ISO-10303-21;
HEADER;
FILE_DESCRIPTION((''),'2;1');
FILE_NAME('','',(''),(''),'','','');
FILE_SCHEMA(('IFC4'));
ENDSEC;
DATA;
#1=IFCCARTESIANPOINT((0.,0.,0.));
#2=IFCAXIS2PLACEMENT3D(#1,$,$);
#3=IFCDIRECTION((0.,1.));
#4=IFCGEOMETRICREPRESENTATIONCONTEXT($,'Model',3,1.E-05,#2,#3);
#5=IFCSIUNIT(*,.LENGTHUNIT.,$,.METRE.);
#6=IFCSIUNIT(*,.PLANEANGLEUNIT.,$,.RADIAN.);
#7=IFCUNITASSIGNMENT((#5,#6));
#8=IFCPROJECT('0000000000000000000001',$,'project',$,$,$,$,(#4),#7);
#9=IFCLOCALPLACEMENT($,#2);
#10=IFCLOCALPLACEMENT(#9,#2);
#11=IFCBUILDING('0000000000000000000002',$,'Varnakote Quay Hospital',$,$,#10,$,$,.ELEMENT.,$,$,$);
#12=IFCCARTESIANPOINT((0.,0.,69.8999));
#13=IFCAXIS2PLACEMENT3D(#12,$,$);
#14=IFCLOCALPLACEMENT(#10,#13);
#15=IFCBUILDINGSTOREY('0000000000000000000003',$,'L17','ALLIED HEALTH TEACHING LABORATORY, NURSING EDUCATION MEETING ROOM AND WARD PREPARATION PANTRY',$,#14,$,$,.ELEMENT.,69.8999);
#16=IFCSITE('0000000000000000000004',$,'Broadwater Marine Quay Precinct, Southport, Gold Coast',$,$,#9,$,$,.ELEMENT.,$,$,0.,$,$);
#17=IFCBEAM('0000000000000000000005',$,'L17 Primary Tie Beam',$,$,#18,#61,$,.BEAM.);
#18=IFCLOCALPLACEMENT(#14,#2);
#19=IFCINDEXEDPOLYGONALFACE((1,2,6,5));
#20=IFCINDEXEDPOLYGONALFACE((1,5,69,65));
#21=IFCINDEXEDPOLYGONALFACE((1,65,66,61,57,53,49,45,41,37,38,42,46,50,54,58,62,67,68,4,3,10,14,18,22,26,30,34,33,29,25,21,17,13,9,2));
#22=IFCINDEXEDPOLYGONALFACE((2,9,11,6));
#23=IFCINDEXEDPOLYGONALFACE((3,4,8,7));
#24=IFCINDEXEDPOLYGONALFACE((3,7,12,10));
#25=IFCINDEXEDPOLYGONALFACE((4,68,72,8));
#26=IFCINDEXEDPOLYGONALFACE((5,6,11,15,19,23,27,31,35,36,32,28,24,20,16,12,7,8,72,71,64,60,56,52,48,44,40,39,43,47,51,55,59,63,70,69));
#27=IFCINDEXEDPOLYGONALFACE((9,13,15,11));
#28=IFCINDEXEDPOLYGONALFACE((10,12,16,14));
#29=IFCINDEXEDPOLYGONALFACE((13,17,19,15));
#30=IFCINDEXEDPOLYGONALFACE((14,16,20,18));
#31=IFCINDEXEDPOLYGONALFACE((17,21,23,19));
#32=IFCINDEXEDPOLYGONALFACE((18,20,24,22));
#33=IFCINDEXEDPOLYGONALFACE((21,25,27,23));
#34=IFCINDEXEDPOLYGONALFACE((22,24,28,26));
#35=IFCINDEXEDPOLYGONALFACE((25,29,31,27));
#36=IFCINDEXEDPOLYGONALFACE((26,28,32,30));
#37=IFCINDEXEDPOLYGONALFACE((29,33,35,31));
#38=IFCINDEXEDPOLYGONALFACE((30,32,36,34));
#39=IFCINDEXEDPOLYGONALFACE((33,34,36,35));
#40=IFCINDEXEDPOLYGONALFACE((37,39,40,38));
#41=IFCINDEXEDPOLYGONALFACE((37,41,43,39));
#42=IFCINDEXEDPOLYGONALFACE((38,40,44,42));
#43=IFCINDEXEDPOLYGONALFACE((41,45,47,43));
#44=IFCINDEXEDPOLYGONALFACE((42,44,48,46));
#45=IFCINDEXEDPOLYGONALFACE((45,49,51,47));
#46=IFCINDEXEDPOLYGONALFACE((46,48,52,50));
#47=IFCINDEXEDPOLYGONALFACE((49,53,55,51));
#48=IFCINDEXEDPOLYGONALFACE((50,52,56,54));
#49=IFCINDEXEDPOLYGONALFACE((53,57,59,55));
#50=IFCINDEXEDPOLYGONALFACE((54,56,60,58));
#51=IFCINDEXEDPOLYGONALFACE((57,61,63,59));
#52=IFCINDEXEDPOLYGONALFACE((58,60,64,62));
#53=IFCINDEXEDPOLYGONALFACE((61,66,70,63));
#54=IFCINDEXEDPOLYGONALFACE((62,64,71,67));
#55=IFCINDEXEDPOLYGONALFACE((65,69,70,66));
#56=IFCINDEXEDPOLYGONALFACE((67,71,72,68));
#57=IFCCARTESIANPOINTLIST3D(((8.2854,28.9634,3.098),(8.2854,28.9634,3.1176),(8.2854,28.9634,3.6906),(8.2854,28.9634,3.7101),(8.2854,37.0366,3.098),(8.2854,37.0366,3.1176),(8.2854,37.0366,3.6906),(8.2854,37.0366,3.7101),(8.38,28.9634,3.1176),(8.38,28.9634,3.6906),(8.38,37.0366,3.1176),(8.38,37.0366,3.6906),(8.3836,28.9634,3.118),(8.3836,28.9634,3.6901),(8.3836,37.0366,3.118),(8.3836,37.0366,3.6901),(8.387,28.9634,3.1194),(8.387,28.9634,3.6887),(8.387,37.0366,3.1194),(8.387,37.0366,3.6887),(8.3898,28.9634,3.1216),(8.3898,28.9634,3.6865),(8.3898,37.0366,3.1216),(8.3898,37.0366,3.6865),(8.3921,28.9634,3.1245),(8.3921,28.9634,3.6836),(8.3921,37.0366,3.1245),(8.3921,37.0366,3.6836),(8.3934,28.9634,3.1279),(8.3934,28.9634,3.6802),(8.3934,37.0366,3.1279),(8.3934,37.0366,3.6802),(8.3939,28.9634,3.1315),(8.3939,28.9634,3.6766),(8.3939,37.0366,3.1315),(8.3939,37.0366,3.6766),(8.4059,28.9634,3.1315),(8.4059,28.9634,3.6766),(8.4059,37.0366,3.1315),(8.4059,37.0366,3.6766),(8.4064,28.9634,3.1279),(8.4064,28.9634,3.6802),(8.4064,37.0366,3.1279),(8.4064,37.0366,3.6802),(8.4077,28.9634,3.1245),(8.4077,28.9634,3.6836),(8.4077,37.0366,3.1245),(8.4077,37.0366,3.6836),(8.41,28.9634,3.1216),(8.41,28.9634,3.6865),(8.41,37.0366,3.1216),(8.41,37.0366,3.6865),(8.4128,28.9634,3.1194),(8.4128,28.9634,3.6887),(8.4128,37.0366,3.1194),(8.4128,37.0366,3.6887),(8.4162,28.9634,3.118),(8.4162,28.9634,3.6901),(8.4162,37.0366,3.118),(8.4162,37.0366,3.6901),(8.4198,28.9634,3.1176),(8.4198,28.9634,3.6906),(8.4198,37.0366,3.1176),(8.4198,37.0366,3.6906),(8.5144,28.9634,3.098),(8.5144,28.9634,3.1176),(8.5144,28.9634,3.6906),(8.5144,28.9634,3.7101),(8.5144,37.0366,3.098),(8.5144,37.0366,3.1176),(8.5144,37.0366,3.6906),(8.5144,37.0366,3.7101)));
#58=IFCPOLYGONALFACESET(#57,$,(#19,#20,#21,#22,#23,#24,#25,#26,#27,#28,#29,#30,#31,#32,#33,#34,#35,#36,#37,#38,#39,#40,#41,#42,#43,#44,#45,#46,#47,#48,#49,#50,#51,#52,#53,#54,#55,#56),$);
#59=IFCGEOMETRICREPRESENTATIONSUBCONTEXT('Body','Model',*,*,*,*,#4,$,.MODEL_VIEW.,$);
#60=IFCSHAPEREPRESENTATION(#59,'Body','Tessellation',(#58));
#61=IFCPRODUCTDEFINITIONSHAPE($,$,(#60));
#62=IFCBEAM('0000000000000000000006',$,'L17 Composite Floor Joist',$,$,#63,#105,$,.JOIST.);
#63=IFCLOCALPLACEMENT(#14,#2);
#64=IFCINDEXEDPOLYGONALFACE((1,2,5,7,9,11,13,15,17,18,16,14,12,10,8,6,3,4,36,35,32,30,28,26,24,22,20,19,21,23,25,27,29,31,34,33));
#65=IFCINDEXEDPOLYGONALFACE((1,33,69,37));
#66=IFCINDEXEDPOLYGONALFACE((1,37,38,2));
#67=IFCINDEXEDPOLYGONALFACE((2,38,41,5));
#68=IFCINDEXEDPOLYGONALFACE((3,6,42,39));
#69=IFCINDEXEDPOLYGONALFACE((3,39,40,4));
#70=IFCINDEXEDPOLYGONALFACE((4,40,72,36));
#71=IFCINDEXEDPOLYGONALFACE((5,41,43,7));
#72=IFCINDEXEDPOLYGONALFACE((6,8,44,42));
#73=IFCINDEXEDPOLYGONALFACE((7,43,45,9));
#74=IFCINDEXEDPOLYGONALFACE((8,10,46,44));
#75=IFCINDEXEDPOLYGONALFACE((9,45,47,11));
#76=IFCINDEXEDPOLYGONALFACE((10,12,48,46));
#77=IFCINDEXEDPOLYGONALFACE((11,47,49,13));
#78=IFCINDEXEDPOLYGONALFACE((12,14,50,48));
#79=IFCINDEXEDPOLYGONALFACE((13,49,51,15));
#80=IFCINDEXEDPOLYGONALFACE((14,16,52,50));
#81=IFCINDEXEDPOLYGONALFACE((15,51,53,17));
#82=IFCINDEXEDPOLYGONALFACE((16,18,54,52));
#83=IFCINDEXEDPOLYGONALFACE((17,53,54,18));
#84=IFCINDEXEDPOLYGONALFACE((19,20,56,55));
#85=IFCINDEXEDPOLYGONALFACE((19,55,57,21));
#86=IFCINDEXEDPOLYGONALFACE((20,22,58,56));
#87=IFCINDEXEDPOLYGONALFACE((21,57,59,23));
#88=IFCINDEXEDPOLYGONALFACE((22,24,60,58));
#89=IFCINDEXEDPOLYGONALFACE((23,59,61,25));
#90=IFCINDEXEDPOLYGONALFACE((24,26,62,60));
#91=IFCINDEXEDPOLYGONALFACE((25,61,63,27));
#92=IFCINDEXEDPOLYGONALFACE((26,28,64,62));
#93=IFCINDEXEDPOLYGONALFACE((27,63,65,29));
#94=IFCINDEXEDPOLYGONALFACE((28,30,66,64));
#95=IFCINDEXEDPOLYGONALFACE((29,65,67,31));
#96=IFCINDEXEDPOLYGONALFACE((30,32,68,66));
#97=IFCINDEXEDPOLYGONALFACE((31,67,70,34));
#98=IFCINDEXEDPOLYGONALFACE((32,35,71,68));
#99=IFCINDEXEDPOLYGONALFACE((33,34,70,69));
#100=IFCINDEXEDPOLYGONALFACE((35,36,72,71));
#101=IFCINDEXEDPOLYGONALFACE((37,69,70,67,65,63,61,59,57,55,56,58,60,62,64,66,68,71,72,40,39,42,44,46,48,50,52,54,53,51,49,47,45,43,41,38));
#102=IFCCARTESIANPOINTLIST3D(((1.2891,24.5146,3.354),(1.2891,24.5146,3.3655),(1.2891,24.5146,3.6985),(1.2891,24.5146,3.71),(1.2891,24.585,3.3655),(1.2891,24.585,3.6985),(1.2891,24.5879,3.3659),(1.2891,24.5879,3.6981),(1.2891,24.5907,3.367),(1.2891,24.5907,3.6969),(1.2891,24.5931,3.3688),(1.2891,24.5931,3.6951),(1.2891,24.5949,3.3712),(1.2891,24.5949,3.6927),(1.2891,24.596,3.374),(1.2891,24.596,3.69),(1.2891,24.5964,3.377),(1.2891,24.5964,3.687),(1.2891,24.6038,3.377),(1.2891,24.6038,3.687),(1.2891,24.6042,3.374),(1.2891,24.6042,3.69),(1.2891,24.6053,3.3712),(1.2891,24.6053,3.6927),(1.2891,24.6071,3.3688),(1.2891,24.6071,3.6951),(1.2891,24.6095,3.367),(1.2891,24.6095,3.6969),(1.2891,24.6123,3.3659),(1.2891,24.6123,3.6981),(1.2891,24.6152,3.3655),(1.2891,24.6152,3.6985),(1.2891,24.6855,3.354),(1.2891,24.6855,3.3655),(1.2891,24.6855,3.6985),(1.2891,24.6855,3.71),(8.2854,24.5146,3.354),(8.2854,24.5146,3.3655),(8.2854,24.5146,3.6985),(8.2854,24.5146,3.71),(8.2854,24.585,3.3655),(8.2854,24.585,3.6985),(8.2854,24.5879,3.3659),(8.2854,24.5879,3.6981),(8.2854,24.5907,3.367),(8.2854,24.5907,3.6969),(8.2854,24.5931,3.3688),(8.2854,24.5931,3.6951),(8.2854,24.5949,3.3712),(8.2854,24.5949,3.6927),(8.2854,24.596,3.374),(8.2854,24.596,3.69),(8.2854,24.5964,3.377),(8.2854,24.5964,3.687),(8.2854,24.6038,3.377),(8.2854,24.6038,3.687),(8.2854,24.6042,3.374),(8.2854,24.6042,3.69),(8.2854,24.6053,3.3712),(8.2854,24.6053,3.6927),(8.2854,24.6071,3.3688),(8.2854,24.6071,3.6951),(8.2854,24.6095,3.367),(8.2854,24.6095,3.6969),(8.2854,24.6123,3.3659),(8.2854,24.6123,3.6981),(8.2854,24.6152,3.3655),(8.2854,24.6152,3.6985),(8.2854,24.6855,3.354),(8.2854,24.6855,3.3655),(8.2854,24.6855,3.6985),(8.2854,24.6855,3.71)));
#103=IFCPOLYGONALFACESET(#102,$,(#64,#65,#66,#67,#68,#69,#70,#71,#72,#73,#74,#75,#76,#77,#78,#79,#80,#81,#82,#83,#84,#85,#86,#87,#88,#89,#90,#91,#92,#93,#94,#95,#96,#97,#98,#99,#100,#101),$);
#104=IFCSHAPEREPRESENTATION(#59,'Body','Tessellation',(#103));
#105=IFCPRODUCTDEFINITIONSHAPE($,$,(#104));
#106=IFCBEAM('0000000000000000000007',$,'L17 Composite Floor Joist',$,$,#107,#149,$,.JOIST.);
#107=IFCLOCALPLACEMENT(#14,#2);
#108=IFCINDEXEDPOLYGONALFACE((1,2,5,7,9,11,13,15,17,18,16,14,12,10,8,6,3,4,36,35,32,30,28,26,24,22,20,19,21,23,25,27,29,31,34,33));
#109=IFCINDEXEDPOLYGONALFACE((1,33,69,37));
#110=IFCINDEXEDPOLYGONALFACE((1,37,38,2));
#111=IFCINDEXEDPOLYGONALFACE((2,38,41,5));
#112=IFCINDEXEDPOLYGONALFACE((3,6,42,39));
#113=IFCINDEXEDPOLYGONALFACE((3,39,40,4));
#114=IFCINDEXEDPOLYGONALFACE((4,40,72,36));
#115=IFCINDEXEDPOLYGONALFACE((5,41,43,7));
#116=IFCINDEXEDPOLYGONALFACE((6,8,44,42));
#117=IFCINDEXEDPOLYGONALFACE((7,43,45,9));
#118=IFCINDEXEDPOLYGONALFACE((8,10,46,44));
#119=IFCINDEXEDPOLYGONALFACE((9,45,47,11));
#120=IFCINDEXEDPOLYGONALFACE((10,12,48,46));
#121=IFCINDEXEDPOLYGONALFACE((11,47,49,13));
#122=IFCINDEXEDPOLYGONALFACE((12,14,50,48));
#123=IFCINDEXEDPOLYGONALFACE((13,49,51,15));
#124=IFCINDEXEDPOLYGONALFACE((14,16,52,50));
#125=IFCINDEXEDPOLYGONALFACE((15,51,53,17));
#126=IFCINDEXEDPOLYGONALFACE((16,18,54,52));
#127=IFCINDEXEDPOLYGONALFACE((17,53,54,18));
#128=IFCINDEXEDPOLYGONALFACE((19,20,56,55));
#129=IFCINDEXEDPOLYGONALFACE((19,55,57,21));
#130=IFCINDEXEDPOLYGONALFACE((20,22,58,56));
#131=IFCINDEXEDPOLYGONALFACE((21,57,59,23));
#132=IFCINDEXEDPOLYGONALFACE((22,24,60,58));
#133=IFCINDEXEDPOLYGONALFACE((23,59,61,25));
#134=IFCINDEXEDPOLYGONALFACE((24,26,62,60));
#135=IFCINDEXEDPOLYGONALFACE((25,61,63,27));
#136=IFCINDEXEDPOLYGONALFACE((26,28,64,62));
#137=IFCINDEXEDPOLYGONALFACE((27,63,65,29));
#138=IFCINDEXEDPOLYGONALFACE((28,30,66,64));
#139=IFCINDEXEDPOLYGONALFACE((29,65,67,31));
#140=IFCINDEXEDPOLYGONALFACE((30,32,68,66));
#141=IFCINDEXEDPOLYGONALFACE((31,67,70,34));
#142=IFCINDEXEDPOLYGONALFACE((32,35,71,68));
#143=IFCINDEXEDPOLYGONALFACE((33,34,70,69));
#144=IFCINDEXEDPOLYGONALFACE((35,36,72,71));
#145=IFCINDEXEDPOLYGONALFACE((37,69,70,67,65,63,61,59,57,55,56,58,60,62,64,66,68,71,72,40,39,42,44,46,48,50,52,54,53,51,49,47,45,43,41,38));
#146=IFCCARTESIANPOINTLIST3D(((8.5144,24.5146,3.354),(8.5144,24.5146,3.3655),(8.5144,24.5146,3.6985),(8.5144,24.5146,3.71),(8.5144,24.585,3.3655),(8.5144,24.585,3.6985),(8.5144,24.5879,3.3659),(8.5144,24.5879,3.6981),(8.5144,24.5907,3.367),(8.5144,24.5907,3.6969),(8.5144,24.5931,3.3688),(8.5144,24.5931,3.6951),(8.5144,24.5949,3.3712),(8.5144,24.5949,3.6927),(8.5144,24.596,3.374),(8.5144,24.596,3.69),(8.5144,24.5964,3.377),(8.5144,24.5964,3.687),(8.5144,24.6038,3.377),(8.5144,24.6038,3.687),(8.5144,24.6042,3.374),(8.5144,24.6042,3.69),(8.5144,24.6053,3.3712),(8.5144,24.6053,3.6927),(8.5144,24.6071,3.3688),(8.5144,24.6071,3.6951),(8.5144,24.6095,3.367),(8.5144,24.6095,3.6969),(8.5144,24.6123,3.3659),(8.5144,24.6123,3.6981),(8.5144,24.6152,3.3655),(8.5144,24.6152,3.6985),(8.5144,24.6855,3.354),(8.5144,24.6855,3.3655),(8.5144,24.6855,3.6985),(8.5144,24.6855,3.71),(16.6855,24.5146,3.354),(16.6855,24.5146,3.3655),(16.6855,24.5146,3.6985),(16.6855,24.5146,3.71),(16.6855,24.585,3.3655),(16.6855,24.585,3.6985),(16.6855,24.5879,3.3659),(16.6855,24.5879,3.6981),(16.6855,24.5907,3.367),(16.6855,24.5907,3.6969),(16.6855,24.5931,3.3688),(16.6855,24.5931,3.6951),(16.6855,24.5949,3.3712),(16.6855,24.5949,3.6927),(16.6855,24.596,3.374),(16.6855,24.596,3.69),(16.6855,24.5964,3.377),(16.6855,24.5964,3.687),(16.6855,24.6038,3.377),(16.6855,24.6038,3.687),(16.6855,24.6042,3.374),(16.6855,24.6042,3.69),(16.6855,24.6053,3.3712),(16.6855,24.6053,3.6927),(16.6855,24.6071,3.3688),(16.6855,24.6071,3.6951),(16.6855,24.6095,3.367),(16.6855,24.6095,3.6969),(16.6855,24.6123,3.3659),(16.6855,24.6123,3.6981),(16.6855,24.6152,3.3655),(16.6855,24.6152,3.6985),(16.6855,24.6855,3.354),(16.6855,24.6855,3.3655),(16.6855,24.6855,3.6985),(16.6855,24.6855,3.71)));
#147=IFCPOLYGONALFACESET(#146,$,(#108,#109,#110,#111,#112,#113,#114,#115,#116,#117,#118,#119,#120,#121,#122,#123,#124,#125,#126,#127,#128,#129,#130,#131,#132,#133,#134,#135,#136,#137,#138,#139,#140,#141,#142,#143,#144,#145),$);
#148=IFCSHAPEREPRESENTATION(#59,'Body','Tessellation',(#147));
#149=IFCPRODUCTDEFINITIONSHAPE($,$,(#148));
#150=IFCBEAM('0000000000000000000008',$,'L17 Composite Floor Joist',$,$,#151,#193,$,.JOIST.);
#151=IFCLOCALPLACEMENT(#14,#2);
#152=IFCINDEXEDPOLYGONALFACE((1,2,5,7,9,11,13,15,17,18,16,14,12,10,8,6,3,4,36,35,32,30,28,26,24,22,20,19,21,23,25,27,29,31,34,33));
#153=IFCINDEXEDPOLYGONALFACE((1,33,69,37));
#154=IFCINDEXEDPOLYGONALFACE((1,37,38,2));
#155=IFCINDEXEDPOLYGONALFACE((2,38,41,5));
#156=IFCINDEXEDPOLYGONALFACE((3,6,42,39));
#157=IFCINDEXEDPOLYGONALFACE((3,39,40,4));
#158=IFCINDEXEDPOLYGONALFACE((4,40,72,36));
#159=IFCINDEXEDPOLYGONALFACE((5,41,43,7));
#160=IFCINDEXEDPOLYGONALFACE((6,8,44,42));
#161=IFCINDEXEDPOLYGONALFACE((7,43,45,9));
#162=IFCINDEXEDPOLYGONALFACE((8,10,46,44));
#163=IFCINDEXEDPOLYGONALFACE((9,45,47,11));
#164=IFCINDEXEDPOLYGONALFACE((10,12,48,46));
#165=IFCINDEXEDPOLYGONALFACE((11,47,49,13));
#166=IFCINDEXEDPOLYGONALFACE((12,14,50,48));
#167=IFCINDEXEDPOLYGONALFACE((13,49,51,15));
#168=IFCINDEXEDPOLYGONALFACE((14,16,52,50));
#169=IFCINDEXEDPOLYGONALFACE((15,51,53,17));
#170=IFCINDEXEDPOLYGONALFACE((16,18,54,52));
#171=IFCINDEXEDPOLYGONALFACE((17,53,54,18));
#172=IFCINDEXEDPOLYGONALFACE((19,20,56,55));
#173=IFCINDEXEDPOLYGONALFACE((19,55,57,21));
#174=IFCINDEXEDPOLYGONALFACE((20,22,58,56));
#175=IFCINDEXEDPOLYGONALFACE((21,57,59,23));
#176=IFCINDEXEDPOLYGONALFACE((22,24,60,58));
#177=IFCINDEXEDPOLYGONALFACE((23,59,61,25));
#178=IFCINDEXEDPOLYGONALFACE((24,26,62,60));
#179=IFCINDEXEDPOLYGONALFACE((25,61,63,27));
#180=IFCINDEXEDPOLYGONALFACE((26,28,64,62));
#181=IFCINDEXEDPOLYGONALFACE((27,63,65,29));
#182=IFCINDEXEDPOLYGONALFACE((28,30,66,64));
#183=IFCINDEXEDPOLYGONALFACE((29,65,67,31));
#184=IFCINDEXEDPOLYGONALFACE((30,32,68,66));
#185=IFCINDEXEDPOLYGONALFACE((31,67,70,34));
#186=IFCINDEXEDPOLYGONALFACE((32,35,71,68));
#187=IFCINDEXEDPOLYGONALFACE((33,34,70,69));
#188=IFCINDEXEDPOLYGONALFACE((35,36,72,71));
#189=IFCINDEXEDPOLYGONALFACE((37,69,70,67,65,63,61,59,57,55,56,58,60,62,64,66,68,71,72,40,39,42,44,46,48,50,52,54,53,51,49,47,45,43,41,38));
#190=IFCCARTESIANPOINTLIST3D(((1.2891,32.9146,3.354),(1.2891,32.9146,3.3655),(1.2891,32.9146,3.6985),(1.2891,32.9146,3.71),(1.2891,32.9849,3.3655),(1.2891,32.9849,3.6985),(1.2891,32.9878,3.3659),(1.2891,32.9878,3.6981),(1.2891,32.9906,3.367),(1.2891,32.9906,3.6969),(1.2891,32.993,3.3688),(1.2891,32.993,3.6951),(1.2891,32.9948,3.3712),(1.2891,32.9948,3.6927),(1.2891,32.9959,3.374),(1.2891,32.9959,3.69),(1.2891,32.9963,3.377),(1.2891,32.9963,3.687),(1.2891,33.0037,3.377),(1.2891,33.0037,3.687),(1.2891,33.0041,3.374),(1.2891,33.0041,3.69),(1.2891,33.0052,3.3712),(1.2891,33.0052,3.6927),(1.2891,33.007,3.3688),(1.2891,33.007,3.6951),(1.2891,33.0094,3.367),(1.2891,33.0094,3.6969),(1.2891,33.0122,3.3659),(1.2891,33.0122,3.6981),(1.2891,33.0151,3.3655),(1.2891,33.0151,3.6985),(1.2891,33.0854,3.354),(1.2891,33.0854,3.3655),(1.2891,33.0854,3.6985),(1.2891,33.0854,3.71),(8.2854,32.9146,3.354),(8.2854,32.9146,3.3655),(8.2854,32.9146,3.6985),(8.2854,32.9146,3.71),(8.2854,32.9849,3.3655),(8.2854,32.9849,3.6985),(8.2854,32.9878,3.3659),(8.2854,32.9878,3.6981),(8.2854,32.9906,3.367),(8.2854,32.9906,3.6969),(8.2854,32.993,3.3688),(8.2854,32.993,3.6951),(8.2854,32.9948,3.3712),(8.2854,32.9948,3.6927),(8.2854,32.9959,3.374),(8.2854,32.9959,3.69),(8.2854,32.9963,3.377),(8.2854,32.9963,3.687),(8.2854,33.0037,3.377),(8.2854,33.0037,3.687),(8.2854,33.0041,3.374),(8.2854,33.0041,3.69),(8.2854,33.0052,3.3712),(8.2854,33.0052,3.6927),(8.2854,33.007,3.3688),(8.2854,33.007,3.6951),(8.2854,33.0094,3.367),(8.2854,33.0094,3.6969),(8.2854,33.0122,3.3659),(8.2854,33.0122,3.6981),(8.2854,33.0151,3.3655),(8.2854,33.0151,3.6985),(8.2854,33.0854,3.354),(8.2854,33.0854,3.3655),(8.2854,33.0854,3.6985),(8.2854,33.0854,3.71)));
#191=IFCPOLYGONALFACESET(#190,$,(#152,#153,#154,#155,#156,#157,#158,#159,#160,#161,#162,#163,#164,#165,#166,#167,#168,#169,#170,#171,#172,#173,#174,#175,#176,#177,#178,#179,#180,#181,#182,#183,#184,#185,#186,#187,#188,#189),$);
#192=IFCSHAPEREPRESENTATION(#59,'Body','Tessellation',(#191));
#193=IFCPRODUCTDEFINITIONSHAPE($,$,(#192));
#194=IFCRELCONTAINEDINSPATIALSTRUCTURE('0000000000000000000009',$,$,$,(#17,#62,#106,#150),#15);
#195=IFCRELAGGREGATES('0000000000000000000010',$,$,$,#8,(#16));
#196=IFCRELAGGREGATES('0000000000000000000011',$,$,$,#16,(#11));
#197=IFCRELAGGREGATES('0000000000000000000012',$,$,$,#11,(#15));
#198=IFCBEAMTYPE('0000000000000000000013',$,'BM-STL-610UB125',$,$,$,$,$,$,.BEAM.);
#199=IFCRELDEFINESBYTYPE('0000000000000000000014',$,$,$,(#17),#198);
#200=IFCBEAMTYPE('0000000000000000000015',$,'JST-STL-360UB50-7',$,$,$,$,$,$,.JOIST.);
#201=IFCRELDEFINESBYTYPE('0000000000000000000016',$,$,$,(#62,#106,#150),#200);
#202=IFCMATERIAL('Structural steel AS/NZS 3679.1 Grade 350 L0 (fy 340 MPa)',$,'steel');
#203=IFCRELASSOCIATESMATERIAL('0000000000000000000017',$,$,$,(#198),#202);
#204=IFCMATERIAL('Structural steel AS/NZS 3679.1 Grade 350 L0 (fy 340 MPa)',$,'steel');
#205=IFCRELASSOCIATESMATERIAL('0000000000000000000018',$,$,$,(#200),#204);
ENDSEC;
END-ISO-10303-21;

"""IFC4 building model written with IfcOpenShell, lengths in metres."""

from ifc_helpers import new_model, si_unit, direction, frame, origin, origin_2d, place, context, subcontext, project, spatial, i_section, extrude, material, material_profile, profile_set, type_object, element, save


model = new_model("IFC4")

# Units and contexts
model_context = context("Model", 3, precision=1e-05, world=origin(), true_north=direction((0.0, 1.0)))
body_context = subcontext(model_context, "Body", "Model", "MODEL_VIEW")
ifc_project = project(units=[si_unit("LENGTHUNIT", "METRE"), si_unit("PLANEANGLEUNIT", "RADIAN")], contexts=[model_context])

# Site, building, storey
site_placement = place(None, origin())
site = spatial("IfcSite", under=ifc_project, at=site_placement, Name="Broadwater Marine Quay Precinct, Southport, Gold Coast", CompositionType="ELEMENT", RefElevation=0.0)
building_placement = place(site_placement, origin())
building = spatial("IfcBuilding", under=site, at=building_placement, Name="Varnakote Quay Hospital", CompositionType="ELEMENT")
storey_placement = place(building_placement, frame((0.0, 0.0, 69.8999)))
storey = spatial("IfcBuildingStorey", under=building, at=storey_placement, Name="L17", Description="ALLIED HEALTH TEACHING LABORATORY, NURSING EDUCATION MEETING ROOM AND WARD PREPARATION PANTRY", CompositionType="ELEMENT", Elevation=69.8999)

# Beams
ifc_material_1 = material(Name="Structural steel AS/NZS 3679.1 Grade 350 L0 (fy 340 MPa)", Category="steel")
ifc_material_profile_1 = material_profile(ifc_material_1, i_section(OverallWidth=0.229, OverallDepth=0.6121, WebThickness=0.012, FlangeThickness=0.0195, FilletRadius=0.0139, at=origin_2d()), Name="610UB125")
ifc_profile_set_1 = profile_set([ifc_material_profile_1], Name="Structural steel AS/NZS 3679.1 Grade 350 L0 (fy 340 MPa)")
beam_type_1 = type_object("IfcBeamType", Name="BM-STL-610UB125", PredefinedType="BEAM", material=ifc_profile_set_1)
beam_1_placement = place(storey_placement, frame((8.3999, 28.9634, 3.4041), z_axis=(0.0, 1.0, 0.0), x_axis=(-1.0, 0.0, 0.0)))
element("IfcBeam", 1, at=beam_1_placement, inside=storey, type_object=beam_type_1, Name="L17 Primary Tie Beam", PredefinedType="BEAM", context=body_context, shape_type="SweptSolid", body=[
    extrude(i_section(OverallWidth=0.229, OverallDepth=0.6121, WebThickness=0.012, FlangeThickness=0.0195, FilletRadius=0.0139, at=origin_2d()), origin(), (0.0, 0.0, 1.0), 8.0732),
])
ifc_material_2 = material(Name="Structural steel AS/NZS 3679.1 Grade 350 L0 (fy 340 MPa)", Category="steel")
ifc_material_profile_2 = material_profile(ifc_material_2, i_section(OverallWidth=0.1709, OverallDepth=0.356, WebThickness=0.0073, FlangeThickness=0.0115, FilletRadius=0.0115, at=origin_2d()), Name="360UB50.7")
ifc_profile_set_2 = profile_set([ifc_material_profile_2], Name="Structural steel AS/NZS 3679.1 Grade 350 L0 (fy 340 MPa)")
beam_type_2 = type_object("IfcBeamType", Name="JST-STL-360UB50-7", PredefinedType="JOIST", material=ifc_profile_set_2)
beam_2_placement = place(storey_placement, frame((1.2891, 24.6001, 3.532), z_axis=(1.0, 0.0, 0.0), x_axis=(0.0, 1.0, 0.0)))
element("IfcBeam", 2, at=beam_2_placement, inside=storey, type_object=beam_type_2, Name="L17 Composite Floor Joist", PredefinedType="JOIST", context=body_context, shape_type="SweptSolid", body=[
    extrude(i_section(OverallWidth=0.1709, OverallDepth=0.356, WebThickness=0.0073, FlangeThickness=0.0115, FilletRadius=0.0115, at=origin_2d()), origin(), (0.0, 0.0, 1.0), 6.9963),
])
beam_3_placement = place(storey_placement, frame((8.5144, 24.6001, 3.532), z_axis=(1.0, 0.0, 0.0), x_axis=(0.0, 1.0, 0.0)))
element("IfcBeam", 3, at=beam_3_placement, inside=storey, type_object=beam_type_2, Name="L17 Composite Floor Joist", PredefinedType="JOIST", context=body_context, shape_type="SweptSolid", body=[
    extrude(i_section(OverallWidth=0.1709, OverallDepth=0.356, WebThickness=0.0073, FlangeThickness=0.0115, FilletRadius=0.0115, at=origin_2d()), origin(), (0.0, 0.0, 1.0), 8.1711),
])
beam_4_placement = place(storey_placement, frame((1.2891, 33.0, 3.532), z_axis=(1.0, 0.0, 0.0), x_axis=(0.0, 1.0, 0.0)))
element("IfcBeam", 4, at=beam_4_placement, inside=storey, type_object=beam_type_2, Name="L17 Composite Floor Joist", PredefinedType="JOIST", context=body_context, shape_type="SweptSolid", body=[
    extrude(i_section(OverallWidth=0.1709, OverallDepth=0.356, WebThickness=0.0073, FlangeThickness=0.0115, FilletRadius=0.0115, at=origin_2d()), origin(), (0.0, 0.0, 1.0), 6.9963),
])

save(model, "model.ifc")
